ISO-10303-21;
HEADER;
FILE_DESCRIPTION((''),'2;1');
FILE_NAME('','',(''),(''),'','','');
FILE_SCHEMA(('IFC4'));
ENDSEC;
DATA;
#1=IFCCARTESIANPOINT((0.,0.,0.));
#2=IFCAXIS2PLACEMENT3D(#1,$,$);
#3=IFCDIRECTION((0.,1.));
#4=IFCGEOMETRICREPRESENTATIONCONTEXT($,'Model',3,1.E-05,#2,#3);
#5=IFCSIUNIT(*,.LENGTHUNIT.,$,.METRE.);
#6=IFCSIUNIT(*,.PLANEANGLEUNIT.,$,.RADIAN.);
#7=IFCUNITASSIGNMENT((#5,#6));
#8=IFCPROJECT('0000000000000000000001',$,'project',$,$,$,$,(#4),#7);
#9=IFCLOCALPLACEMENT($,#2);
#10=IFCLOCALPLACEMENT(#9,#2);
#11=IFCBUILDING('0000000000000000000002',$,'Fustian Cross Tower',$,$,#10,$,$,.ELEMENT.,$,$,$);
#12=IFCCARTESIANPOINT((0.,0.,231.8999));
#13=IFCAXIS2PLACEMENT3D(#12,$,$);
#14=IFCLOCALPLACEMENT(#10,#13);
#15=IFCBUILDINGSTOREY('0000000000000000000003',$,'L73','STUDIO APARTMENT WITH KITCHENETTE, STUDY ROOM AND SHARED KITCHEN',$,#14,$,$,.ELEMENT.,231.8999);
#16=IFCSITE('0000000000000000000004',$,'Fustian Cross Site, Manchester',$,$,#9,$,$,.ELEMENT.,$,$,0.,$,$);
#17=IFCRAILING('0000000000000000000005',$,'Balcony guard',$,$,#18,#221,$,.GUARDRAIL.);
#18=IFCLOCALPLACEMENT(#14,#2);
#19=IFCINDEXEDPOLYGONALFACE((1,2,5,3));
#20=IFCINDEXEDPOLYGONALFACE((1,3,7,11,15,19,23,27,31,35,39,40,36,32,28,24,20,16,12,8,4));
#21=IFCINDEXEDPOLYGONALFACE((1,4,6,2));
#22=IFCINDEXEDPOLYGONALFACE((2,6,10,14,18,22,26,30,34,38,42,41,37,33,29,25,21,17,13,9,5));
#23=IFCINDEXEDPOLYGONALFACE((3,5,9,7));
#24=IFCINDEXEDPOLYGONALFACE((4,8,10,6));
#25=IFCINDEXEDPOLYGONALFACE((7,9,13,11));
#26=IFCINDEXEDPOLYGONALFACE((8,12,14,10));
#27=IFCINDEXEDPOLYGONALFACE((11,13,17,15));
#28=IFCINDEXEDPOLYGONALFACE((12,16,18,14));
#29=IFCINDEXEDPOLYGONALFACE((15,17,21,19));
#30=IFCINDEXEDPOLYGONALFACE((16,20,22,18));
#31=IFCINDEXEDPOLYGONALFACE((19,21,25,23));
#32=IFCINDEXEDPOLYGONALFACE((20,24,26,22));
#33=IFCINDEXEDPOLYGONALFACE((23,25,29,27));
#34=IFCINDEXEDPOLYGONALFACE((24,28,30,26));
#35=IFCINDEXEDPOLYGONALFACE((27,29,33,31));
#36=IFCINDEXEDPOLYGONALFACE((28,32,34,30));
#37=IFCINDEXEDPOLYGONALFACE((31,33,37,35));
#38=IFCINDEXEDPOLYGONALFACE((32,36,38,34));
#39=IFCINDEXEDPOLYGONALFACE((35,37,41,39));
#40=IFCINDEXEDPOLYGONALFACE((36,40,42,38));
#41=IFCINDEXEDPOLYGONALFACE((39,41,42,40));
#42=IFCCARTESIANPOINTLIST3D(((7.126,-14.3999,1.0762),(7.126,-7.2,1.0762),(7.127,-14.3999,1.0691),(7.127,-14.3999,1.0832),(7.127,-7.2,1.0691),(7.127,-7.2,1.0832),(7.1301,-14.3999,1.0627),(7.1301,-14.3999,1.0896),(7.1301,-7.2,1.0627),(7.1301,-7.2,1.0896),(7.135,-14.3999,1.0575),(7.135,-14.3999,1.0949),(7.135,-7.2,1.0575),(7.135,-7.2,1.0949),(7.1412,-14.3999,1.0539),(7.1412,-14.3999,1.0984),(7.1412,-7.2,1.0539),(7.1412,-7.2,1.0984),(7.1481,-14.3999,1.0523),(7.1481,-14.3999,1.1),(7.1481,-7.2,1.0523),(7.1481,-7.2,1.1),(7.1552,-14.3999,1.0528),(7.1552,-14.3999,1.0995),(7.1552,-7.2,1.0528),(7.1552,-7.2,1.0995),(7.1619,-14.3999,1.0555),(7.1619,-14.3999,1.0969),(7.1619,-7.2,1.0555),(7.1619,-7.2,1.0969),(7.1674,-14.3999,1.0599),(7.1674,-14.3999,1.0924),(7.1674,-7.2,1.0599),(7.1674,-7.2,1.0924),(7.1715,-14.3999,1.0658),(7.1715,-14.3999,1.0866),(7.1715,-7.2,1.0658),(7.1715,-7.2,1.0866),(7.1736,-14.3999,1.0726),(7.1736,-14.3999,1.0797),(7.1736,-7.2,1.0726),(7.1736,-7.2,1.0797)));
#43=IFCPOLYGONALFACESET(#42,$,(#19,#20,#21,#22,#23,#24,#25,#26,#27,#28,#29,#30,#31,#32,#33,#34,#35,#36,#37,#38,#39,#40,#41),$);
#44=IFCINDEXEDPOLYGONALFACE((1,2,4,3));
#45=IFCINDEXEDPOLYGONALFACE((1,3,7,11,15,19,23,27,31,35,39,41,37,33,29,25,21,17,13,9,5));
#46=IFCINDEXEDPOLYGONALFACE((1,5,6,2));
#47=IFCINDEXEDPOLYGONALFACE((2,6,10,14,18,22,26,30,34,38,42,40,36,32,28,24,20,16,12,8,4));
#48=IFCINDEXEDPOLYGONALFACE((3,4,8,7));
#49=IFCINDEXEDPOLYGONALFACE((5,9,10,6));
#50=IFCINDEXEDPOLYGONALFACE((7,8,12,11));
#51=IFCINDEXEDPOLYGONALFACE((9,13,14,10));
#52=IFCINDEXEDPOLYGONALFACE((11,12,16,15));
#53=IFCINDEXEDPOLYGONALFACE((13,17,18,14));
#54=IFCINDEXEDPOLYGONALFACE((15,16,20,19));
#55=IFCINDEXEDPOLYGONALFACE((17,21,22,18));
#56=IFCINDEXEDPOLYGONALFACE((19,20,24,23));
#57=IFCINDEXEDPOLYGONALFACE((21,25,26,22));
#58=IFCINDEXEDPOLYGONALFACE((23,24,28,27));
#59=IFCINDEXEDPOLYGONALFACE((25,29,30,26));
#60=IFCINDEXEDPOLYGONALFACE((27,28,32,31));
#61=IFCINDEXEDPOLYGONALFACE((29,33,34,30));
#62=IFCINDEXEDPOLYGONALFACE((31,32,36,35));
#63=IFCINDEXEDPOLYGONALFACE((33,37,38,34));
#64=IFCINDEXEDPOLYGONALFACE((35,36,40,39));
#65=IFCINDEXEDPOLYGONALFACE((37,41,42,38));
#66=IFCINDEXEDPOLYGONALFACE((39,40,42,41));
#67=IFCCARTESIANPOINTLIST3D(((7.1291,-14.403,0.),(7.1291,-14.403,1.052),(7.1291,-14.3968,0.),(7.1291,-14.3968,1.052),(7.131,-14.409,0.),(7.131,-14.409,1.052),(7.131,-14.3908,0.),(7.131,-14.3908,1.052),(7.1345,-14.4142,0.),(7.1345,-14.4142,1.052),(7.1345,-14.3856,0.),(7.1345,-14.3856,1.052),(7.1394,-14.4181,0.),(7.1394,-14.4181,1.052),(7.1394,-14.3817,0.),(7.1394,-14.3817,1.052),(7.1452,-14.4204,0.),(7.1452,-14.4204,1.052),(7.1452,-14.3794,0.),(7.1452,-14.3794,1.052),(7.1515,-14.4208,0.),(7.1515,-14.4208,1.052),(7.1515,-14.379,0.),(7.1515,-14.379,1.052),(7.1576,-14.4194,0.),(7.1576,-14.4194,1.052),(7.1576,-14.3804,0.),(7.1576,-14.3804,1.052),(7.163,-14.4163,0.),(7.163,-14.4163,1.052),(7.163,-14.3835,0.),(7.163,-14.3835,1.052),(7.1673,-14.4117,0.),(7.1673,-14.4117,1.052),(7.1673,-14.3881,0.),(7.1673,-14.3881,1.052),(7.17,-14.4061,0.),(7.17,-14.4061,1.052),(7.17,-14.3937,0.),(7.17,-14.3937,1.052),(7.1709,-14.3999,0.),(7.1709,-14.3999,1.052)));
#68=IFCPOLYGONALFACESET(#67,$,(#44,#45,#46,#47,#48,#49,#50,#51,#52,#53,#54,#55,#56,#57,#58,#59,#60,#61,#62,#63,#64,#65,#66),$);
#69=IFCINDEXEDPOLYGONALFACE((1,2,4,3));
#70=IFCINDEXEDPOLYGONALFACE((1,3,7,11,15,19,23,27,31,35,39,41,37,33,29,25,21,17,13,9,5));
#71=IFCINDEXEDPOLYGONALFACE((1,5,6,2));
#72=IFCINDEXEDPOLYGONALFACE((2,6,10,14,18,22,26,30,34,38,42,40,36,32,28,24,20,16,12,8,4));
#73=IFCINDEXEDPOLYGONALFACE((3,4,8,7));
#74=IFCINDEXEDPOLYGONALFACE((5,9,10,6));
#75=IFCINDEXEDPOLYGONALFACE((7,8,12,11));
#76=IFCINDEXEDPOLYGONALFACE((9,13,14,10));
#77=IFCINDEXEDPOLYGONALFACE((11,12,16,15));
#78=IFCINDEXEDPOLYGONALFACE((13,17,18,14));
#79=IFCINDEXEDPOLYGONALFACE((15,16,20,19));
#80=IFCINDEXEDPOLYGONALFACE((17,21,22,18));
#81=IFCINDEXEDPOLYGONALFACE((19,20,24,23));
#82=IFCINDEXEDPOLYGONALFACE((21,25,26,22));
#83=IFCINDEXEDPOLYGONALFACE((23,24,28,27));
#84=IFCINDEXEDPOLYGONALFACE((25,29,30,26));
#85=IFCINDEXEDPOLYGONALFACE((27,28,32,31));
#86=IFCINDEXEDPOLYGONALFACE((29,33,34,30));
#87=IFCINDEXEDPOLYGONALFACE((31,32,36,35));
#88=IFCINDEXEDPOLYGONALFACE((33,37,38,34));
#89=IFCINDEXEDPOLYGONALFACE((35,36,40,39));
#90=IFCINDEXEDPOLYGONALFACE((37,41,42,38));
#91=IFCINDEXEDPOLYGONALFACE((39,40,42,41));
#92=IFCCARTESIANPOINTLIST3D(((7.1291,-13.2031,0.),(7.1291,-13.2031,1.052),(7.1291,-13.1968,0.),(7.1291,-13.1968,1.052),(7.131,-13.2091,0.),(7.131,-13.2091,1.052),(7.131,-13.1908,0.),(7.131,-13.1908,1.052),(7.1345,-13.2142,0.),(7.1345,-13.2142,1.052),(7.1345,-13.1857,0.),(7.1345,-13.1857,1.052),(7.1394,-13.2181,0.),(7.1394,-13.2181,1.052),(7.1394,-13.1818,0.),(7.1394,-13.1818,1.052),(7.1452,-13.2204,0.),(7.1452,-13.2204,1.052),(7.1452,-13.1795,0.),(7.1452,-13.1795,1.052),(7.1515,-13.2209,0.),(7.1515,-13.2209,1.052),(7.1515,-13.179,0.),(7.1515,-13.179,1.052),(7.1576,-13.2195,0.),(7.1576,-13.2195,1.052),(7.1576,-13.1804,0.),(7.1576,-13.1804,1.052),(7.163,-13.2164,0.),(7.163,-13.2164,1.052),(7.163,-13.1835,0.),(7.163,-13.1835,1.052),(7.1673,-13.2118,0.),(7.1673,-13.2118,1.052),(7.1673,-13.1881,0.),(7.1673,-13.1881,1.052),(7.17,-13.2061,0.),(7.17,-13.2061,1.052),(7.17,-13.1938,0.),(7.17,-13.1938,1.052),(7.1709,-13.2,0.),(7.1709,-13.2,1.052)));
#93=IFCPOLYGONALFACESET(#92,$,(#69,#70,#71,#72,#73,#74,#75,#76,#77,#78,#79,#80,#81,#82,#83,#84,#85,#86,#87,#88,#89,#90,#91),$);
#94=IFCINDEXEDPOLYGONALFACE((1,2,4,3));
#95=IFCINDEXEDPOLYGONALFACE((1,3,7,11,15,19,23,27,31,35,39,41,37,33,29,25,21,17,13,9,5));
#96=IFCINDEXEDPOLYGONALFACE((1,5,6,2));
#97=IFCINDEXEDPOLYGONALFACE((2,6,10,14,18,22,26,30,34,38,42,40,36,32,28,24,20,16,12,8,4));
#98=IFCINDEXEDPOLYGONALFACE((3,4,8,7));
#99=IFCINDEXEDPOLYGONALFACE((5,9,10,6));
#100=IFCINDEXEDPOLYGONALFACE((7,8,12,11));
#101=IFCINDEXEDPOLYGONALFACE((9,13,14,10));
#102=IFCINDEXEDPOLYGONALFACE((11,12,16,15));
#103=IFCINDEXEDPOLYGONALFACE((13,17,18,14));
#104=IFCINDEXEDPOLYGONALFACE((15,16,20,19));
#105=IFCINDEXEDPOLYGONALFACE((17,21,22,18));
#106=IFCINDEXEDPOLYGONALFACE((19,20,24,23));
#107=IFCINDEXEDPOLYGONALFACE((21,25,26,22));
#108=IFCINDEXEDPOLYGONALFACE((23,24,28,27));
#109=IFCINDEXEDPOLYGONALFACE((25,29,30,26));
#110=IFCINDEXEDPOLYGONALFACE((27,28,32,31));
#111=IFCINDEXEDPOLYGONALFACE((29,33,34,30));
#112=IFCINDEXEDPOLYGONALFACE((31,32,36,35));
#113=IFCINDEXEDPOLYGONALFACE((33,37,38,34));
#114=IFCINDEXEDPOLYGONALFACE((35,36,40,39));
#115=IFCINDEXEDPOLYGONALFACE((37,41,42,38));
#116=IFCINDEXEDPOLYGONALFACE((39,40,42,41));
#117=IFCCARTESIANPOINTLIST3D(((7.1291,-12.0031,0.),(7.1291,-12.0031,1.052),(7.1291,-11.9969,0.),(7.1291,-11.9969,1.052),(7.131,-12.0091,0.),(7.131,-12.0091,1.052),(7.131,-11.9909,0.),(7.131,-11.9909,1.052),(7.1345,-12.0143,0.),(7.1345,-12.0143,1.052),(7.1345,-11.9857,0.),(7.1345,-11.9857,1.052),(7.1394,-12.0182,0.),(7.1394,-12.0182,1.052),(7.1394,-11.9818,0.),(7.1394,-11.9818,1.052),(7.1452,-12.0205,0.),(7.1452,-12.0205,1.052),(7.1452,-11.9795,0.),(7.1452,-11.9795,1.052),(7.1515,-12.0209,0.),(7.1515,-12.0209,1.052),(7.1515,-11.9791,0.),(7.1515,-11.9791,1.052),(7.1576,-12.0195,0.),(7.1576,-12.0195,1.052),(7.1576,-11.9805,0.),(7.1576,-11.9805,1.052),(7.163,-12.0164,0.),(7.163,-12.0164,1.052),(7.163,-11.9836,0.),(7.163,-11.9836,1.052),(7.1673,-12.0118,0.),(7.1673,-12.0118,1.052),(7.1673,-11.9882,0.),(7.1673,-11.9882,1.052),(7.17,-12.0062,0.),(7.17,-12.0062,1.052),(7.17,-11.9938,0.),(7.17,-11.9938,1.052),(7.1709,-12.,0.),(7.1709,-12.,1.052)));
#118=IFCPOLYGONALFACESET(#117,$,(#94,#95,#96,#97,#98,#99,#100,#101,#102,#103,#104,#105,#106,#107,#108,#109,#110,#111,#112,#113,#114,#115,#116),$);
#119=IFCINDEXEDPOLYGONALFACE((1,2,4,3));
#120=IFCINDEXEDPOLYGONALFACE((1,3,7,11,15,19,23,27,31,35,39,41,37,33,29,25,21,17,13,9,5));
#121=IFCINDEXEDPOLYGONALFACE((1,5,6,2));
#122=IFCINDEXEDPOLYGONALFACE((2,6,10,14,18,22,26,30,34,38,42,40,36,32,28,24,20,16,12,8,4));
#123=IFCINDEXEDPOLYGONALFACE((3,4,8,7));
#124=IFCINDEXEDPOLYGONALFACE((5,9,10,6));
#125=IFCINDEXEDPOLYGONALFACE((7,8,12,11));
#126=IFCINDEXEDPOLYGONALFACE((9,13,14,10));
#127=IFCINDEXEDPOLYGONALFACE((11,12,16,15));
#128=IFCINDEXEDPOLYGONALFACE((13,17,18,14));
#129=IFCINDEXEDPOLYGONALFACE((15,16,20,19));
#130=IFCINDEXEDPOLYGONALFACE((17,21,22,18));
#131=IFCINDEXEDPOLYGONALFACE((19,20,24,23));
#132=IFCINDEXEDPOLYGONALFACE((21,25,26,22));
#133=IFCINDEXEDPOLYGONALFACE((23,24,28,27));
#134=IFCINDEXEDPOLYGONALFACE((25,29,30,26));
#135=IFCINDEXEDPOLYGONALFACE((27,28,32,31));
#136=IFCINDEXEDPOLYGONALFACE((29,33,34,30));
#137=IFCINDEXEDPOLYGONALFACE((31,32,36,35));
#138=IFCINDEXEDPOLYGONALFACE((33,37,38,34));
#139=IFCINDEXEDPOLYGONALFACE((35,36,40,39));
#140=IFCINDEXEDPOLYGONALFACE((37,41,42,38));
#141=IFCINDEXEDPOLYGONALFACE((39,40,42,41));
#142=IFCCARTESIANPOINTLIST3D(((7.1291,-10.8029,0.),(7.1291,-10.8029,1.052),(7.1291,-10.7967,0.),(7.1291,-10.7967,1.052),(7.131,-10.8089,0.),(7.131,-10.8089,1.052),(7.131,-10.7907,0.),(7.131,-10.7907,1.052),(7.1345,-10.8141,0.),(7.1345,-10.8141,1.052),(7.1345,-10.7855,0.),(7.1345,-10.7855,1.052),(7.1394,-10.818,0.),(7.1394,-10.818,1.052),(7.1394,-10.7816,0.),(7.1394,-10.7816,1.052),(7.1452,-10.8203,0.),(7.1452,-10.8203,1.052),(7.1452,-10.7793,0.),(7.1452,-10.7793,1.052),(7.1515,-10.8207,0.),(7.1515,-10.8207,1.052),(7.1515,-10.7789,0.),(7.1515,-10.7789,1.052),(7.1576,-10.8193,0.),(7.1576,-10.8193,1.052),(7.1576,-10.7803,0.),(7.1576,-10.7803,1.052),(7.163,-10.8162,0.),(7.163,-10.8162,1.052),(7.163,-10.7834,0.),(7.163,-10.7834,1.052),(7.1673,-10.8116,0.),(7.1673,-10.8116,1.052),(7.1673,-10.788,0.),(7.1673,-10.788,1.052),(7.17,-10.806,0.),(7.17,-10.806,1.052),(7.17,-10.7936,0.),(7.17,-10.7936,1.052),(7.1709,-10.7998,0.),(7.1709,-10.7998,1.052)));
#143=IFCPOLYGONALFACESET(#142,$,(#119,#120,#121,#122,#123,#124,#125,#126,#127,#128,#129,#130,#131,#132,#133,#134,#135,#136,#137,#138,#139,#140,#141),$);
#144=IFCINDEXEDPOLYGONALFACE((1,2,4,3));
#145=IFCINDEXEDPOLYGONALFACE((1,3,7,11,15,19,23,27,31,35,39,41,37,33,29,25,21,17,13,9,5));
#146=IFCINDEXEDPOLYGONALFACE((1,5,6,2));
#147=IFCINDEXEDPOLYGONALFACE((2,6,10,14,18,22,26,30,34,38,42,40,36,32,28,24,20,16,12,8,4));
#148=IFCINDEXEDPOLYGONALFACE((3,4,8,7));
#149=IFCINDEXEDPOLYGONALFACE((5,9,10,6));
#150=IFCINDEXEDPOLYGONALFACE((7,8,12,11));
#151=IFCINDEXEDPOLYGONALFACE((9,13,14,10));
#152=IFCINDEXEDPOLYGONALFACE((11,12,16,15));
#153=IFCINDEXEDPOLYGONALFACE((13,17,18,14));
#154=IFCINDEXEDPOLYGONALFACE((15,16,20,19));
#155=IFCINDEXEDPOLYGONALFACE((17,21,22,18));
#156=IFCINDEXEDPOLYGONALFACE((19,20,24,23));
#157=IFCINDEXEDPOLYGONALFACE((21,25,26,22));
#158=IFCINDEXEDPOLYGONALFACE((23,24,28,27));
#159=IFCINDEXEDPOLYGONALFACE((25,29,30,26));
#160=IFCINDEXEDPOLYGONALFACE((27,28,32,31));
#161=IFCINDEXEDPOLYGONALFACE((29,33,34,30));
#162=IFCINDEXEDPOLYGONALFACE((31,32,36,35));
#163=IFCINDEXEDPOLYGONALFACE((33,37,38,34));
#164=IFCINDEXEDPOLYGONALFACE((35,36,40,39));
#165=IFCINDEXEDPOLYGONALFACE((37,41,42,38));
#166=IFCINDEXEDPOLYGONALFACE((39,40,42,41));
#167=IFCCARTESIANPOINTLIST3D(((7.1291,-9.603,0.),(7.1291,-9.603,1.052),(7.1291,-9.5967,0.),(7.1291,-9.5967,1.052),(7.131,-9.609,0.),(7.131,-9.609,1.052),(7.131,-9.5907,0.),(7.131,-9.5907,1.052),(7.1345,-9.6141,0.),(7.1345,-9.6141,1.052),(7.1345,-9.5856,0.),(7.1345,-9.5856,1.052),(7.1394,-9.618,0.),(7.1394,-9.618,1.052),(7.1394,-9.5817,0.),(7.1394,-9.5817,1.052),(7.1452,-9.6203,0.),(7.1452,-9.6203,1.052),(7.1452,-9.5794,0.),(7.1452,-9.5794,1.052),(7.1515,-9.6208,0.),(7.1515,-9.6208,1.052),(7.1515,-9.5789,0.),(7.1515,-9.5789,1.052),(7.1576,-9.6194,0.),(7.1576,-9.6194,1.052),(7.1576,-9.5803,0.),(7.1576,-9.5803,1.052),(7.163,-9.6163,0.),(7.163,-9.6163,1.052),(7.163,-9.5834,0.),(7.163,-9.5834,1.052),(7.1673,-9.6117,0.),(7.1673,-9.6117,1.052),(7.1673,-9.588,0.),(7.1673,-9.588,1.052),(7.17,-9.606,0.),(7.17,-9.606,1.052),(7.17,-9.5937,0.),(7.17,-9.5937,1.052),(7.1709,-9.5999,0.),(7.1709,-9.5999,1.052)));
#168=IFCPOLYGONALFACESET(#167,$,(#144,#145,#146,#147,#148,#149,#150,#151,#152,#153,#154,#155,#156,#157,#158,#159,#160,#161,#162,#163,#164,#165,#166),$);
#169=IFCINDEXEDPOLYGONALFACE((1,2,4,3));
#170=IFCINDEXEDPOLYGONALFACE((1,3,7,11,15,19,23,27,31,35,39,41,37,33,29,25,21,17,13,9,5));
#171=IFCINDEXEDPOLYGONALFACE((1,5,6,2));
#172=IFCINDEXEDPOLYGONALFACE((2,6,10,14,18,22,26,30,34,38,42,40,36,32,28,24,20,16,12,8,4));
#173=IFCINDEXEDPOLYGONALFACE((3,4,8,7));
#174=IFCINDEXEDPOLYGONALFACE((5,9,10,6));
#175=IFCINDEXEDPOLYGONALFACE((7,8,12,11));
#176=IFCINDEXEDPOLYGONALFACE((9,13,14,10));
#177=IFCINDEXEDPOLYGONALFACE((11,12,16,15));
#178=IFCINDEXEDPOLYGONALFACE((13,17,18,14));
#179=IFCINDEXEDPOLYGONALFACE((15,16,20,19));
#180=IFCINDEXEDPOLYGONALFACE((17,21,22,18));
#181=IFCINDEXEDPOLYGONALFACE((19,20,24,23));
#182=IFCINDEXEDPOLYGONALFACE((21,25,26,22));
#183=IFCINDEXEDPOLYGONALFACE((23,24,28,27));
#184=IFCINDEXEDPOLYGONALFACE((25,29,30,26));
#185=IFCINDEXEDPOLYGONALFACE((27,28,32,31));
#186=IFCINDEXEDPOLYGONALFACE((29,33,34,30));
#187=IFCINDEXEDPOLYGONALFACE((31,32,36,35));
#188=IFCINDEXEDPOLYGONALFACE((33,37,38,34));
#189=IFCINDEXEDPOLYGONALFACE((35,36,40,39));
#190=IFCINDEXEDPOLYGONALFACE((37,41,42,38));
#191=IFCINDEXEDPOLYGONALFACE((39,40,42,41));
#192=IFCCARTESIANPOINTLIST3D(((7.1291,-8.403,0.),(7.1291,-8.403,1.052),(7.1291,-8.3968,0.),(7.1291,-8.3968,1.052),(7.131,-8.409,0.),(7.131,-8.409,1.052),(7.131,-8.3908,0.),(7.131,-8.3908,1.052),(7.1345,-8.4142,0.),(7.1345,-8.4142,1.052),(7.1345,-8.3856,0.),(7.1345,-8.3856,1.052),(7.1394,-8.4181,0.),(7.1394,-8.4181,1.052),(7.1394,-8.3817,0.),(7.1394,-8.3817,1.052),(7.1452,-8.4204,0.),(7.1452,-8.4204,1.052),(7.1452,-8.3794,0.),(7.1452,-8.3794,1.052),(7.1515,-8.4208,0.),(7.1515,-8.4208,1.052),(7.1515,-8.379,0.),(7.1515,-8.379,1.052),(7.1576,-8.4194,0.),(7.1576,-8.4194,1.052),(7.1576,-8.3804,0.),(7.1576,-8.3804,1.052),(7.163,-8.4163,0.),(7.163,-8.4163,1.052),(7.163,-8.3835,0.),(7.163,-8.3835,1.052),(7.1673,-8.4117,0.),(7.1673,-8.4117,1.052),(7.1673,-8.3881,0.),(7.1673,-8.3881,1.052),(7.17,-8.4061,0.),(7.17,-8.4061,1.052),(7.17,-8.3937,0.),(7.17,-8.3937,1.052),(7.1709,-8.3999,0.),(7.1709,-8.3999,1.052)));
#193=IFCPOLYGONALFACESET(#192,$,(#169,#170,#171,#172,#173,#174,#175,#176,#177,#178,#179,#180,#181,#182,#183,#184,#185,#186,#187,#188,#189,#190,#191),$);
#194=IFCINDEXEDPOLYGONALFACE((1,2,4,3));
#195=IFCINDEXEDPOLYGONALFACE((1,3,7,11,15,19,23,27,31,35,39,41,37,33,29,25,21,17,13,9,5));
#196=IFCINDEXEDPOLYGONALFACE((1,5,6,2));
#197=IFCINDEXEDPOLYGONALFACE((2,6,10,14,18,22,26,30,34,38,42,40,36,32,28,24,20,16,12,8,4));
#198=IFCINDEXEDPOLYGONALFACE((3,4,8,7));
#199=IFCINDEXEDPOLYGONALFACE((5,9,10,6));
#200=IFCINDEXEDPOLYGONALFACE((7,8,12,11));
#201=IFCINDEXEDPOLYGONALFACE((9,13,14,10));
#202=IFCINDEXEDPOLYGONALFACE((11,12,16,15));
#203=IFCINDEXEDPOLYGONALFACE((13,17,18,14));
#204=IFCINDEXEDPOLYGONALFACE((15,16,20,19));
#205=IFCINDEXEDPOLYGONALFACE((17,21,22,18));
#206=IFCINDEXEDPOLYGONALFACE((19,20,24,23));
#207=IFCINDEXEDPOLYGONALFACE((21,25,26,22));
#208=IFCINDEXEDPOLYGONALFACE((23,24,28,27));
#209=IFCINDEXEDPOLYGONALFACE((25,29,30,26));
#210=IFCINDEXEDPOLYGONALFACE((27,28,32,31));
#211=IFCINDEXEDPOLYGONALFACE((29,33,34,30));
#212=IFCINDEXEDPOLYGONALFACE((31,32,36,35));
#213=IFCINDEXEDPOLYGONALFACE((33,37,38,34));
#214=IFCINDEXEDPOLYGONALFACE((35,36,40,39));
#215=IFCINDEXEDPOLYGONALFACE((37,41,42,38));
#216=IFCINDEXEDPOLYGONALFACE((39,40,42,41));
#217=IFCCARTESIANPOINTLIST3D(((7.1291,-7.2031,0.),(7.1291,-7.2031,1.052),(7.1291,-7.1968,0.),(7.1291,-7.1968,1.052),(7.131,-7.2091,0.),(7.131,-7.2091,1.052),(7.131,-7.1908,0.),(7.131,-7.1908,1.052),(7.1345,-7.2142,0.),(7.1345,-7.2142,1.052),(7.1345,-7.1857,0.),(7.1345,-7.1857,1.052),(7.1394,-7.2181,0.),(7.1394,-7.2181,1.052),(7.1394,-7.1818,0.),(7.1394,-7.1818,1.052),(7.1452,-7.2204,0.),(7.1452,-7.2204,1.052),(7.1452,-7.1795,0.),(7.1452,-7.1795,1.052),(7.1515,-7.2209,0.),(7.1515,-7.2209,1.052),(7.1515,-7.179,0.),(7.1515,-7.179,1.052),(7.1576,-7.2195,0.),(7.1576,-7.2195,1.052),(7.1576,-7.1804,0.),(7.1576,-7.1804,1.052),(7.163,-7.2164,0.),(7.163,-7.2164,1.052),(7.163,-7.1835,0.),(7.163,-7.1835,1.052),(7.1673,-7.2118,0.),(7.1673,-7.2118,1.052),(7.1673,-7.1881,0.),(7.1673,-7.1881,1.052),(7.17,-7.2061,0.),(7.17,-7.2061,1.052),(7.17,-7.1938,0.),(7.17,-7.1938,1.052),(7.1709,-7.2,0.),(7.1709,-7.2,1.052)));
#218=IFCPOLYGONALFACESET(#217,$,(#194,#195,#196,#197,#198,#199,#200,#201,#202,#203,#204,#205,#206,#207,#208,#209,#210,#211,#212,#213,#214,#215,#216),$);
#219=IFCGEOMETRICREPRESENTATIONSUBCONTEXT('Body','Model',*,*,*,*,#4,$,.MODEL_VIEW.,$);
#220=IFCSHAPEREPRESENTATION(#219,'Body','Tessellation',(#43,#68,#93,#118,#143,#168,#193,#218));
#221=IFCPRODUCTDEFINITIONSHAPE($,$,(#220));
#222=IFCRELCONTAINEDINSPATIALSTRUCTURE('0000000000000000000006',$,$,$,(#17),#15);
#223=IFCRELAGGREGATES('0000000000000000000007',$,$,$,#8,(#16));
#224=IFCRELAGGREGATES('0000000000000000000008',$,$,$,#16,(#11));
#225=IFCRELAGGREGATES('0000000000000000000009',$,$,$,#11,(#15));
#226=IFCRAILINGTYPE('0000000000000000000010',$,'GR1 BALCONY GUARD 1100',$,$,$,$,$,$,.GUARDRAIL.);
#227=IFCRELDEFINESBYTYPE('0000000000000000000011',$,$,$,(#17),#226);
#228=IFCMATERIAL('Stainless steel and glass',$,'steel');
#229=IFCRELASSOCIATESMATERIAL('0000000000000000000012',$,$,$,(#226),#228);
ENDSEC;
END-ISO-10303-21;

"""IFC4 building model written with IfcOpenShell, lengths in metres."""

from ifc_helpers import new_model, si_unit, direction, frame, origin, origin_2d, place, context, subcontext, project, spatial, circle, extrude, material, type_object, element, save


model = new_model("IFC4")

# Units and contexts
model_context = context("Model", 3, precision=1e-05, world=origin(), true_north=direction((0.0, 1.0)))
body_context = subcontext(model_context, "Body", "Model", "MODEL_VIEW")
ifc_project = project(units=[si_unit("LENGTHUNIT", "METRE"), si_unit("PLANEANGLEUNIT", "RADIAN")], contexts=[model_context])

# Site, building, storey
site_placement = place(None, origin())
site = spatial("IfcSite", under=ifc_project, at=site_placement, Name="Fustian Cross Site, Manchester", CompositionType="ELEMENT", RefElevation=0.0)
building_placement = place(site_placement, origin())
building = spatial("IfcBuilding", under=site, at=building_placement, Name="Fustian Cross Tower", CompositionType="ELEMENT")
storey_placement = place(building_placement, frame((0.0, 0.0, 231.8999)))
storey = spatial("IfcBuildingStorey", under=building, at=storey_placement, Name="L73", Description="STUDIO APARTMENT WITH KITCHENETTE, STUDY ROOM AND SHARED KITCHEN", CompositionType="ELEMENT", Elevation=231.8999)

# Railing
ifc_material_1 = material(Name="Stainless steel and glass", Category="steel")
railing_type_1 = type_object("IfcRailingType", Name="GR1 BALCONY GUARD 1100", PredefinedType="GUARDRAIL", material=ifc_material_1)
railing_1_placement = place(storey_placement, frame((7.1499, -14.3999, 0.0)))
element("IfcRailing", 1, at=railing_1_placement, inside=storey, type_object=railing_type_1, Name="Balcony guard", PredefinedType="GUARDRAIL", context=body_context, shape_type="SweptSolid", body=[
    extrude(circle(Radius=0.0239, at=origin_2d()), frame((0.0, 0.0, 1.0762), z_axis=(0.0, 1.0, 0.0), x_axis=(-1.0, 0.0, 0.0)), (0.0, 0.0, 1.0), 7.2),
    extrude(circle(Radius=0.021, at=origin_2d()), origin(), (0.0, 0.0, 1.0), 1.052),
    extrude(circle(Radius=0.021, at=origin_2d()), frame((0.0, 1.2, 0.0)), (0.0, 0.0, 1.0), 1.052),
    extrude(circle(Radius=0.021, at=origin_2d()), frame((0.0, 2.3999, 0.0)), (0.0, 0.0, 1.0), 1.052),
    extrude(circle(Radius=0.021, at=origin_2d()), frame((0.0, 3.6001, 0.0)), (0.0, 0.0, 1.0), 1.052),
    extrude(circle(Radius=0.021, at=origin_2d()), frame((0.0, 4.8, 0.0)), (0.0, 0.0, 1.0), 1.052),
    extrude(circle(Radius=0.021, at=origin_2d()), frame((0.0, 6.0, 0.0)), (0.0, 0.0, 1.0), 1.052),
    extrude(circle(Radius=0.021, at=origin_2d()), frame((0.0, 7.2, 0.0)), (0.0, 0.0, 1.0), 1.052),
])

save(model, "model.ifc")
